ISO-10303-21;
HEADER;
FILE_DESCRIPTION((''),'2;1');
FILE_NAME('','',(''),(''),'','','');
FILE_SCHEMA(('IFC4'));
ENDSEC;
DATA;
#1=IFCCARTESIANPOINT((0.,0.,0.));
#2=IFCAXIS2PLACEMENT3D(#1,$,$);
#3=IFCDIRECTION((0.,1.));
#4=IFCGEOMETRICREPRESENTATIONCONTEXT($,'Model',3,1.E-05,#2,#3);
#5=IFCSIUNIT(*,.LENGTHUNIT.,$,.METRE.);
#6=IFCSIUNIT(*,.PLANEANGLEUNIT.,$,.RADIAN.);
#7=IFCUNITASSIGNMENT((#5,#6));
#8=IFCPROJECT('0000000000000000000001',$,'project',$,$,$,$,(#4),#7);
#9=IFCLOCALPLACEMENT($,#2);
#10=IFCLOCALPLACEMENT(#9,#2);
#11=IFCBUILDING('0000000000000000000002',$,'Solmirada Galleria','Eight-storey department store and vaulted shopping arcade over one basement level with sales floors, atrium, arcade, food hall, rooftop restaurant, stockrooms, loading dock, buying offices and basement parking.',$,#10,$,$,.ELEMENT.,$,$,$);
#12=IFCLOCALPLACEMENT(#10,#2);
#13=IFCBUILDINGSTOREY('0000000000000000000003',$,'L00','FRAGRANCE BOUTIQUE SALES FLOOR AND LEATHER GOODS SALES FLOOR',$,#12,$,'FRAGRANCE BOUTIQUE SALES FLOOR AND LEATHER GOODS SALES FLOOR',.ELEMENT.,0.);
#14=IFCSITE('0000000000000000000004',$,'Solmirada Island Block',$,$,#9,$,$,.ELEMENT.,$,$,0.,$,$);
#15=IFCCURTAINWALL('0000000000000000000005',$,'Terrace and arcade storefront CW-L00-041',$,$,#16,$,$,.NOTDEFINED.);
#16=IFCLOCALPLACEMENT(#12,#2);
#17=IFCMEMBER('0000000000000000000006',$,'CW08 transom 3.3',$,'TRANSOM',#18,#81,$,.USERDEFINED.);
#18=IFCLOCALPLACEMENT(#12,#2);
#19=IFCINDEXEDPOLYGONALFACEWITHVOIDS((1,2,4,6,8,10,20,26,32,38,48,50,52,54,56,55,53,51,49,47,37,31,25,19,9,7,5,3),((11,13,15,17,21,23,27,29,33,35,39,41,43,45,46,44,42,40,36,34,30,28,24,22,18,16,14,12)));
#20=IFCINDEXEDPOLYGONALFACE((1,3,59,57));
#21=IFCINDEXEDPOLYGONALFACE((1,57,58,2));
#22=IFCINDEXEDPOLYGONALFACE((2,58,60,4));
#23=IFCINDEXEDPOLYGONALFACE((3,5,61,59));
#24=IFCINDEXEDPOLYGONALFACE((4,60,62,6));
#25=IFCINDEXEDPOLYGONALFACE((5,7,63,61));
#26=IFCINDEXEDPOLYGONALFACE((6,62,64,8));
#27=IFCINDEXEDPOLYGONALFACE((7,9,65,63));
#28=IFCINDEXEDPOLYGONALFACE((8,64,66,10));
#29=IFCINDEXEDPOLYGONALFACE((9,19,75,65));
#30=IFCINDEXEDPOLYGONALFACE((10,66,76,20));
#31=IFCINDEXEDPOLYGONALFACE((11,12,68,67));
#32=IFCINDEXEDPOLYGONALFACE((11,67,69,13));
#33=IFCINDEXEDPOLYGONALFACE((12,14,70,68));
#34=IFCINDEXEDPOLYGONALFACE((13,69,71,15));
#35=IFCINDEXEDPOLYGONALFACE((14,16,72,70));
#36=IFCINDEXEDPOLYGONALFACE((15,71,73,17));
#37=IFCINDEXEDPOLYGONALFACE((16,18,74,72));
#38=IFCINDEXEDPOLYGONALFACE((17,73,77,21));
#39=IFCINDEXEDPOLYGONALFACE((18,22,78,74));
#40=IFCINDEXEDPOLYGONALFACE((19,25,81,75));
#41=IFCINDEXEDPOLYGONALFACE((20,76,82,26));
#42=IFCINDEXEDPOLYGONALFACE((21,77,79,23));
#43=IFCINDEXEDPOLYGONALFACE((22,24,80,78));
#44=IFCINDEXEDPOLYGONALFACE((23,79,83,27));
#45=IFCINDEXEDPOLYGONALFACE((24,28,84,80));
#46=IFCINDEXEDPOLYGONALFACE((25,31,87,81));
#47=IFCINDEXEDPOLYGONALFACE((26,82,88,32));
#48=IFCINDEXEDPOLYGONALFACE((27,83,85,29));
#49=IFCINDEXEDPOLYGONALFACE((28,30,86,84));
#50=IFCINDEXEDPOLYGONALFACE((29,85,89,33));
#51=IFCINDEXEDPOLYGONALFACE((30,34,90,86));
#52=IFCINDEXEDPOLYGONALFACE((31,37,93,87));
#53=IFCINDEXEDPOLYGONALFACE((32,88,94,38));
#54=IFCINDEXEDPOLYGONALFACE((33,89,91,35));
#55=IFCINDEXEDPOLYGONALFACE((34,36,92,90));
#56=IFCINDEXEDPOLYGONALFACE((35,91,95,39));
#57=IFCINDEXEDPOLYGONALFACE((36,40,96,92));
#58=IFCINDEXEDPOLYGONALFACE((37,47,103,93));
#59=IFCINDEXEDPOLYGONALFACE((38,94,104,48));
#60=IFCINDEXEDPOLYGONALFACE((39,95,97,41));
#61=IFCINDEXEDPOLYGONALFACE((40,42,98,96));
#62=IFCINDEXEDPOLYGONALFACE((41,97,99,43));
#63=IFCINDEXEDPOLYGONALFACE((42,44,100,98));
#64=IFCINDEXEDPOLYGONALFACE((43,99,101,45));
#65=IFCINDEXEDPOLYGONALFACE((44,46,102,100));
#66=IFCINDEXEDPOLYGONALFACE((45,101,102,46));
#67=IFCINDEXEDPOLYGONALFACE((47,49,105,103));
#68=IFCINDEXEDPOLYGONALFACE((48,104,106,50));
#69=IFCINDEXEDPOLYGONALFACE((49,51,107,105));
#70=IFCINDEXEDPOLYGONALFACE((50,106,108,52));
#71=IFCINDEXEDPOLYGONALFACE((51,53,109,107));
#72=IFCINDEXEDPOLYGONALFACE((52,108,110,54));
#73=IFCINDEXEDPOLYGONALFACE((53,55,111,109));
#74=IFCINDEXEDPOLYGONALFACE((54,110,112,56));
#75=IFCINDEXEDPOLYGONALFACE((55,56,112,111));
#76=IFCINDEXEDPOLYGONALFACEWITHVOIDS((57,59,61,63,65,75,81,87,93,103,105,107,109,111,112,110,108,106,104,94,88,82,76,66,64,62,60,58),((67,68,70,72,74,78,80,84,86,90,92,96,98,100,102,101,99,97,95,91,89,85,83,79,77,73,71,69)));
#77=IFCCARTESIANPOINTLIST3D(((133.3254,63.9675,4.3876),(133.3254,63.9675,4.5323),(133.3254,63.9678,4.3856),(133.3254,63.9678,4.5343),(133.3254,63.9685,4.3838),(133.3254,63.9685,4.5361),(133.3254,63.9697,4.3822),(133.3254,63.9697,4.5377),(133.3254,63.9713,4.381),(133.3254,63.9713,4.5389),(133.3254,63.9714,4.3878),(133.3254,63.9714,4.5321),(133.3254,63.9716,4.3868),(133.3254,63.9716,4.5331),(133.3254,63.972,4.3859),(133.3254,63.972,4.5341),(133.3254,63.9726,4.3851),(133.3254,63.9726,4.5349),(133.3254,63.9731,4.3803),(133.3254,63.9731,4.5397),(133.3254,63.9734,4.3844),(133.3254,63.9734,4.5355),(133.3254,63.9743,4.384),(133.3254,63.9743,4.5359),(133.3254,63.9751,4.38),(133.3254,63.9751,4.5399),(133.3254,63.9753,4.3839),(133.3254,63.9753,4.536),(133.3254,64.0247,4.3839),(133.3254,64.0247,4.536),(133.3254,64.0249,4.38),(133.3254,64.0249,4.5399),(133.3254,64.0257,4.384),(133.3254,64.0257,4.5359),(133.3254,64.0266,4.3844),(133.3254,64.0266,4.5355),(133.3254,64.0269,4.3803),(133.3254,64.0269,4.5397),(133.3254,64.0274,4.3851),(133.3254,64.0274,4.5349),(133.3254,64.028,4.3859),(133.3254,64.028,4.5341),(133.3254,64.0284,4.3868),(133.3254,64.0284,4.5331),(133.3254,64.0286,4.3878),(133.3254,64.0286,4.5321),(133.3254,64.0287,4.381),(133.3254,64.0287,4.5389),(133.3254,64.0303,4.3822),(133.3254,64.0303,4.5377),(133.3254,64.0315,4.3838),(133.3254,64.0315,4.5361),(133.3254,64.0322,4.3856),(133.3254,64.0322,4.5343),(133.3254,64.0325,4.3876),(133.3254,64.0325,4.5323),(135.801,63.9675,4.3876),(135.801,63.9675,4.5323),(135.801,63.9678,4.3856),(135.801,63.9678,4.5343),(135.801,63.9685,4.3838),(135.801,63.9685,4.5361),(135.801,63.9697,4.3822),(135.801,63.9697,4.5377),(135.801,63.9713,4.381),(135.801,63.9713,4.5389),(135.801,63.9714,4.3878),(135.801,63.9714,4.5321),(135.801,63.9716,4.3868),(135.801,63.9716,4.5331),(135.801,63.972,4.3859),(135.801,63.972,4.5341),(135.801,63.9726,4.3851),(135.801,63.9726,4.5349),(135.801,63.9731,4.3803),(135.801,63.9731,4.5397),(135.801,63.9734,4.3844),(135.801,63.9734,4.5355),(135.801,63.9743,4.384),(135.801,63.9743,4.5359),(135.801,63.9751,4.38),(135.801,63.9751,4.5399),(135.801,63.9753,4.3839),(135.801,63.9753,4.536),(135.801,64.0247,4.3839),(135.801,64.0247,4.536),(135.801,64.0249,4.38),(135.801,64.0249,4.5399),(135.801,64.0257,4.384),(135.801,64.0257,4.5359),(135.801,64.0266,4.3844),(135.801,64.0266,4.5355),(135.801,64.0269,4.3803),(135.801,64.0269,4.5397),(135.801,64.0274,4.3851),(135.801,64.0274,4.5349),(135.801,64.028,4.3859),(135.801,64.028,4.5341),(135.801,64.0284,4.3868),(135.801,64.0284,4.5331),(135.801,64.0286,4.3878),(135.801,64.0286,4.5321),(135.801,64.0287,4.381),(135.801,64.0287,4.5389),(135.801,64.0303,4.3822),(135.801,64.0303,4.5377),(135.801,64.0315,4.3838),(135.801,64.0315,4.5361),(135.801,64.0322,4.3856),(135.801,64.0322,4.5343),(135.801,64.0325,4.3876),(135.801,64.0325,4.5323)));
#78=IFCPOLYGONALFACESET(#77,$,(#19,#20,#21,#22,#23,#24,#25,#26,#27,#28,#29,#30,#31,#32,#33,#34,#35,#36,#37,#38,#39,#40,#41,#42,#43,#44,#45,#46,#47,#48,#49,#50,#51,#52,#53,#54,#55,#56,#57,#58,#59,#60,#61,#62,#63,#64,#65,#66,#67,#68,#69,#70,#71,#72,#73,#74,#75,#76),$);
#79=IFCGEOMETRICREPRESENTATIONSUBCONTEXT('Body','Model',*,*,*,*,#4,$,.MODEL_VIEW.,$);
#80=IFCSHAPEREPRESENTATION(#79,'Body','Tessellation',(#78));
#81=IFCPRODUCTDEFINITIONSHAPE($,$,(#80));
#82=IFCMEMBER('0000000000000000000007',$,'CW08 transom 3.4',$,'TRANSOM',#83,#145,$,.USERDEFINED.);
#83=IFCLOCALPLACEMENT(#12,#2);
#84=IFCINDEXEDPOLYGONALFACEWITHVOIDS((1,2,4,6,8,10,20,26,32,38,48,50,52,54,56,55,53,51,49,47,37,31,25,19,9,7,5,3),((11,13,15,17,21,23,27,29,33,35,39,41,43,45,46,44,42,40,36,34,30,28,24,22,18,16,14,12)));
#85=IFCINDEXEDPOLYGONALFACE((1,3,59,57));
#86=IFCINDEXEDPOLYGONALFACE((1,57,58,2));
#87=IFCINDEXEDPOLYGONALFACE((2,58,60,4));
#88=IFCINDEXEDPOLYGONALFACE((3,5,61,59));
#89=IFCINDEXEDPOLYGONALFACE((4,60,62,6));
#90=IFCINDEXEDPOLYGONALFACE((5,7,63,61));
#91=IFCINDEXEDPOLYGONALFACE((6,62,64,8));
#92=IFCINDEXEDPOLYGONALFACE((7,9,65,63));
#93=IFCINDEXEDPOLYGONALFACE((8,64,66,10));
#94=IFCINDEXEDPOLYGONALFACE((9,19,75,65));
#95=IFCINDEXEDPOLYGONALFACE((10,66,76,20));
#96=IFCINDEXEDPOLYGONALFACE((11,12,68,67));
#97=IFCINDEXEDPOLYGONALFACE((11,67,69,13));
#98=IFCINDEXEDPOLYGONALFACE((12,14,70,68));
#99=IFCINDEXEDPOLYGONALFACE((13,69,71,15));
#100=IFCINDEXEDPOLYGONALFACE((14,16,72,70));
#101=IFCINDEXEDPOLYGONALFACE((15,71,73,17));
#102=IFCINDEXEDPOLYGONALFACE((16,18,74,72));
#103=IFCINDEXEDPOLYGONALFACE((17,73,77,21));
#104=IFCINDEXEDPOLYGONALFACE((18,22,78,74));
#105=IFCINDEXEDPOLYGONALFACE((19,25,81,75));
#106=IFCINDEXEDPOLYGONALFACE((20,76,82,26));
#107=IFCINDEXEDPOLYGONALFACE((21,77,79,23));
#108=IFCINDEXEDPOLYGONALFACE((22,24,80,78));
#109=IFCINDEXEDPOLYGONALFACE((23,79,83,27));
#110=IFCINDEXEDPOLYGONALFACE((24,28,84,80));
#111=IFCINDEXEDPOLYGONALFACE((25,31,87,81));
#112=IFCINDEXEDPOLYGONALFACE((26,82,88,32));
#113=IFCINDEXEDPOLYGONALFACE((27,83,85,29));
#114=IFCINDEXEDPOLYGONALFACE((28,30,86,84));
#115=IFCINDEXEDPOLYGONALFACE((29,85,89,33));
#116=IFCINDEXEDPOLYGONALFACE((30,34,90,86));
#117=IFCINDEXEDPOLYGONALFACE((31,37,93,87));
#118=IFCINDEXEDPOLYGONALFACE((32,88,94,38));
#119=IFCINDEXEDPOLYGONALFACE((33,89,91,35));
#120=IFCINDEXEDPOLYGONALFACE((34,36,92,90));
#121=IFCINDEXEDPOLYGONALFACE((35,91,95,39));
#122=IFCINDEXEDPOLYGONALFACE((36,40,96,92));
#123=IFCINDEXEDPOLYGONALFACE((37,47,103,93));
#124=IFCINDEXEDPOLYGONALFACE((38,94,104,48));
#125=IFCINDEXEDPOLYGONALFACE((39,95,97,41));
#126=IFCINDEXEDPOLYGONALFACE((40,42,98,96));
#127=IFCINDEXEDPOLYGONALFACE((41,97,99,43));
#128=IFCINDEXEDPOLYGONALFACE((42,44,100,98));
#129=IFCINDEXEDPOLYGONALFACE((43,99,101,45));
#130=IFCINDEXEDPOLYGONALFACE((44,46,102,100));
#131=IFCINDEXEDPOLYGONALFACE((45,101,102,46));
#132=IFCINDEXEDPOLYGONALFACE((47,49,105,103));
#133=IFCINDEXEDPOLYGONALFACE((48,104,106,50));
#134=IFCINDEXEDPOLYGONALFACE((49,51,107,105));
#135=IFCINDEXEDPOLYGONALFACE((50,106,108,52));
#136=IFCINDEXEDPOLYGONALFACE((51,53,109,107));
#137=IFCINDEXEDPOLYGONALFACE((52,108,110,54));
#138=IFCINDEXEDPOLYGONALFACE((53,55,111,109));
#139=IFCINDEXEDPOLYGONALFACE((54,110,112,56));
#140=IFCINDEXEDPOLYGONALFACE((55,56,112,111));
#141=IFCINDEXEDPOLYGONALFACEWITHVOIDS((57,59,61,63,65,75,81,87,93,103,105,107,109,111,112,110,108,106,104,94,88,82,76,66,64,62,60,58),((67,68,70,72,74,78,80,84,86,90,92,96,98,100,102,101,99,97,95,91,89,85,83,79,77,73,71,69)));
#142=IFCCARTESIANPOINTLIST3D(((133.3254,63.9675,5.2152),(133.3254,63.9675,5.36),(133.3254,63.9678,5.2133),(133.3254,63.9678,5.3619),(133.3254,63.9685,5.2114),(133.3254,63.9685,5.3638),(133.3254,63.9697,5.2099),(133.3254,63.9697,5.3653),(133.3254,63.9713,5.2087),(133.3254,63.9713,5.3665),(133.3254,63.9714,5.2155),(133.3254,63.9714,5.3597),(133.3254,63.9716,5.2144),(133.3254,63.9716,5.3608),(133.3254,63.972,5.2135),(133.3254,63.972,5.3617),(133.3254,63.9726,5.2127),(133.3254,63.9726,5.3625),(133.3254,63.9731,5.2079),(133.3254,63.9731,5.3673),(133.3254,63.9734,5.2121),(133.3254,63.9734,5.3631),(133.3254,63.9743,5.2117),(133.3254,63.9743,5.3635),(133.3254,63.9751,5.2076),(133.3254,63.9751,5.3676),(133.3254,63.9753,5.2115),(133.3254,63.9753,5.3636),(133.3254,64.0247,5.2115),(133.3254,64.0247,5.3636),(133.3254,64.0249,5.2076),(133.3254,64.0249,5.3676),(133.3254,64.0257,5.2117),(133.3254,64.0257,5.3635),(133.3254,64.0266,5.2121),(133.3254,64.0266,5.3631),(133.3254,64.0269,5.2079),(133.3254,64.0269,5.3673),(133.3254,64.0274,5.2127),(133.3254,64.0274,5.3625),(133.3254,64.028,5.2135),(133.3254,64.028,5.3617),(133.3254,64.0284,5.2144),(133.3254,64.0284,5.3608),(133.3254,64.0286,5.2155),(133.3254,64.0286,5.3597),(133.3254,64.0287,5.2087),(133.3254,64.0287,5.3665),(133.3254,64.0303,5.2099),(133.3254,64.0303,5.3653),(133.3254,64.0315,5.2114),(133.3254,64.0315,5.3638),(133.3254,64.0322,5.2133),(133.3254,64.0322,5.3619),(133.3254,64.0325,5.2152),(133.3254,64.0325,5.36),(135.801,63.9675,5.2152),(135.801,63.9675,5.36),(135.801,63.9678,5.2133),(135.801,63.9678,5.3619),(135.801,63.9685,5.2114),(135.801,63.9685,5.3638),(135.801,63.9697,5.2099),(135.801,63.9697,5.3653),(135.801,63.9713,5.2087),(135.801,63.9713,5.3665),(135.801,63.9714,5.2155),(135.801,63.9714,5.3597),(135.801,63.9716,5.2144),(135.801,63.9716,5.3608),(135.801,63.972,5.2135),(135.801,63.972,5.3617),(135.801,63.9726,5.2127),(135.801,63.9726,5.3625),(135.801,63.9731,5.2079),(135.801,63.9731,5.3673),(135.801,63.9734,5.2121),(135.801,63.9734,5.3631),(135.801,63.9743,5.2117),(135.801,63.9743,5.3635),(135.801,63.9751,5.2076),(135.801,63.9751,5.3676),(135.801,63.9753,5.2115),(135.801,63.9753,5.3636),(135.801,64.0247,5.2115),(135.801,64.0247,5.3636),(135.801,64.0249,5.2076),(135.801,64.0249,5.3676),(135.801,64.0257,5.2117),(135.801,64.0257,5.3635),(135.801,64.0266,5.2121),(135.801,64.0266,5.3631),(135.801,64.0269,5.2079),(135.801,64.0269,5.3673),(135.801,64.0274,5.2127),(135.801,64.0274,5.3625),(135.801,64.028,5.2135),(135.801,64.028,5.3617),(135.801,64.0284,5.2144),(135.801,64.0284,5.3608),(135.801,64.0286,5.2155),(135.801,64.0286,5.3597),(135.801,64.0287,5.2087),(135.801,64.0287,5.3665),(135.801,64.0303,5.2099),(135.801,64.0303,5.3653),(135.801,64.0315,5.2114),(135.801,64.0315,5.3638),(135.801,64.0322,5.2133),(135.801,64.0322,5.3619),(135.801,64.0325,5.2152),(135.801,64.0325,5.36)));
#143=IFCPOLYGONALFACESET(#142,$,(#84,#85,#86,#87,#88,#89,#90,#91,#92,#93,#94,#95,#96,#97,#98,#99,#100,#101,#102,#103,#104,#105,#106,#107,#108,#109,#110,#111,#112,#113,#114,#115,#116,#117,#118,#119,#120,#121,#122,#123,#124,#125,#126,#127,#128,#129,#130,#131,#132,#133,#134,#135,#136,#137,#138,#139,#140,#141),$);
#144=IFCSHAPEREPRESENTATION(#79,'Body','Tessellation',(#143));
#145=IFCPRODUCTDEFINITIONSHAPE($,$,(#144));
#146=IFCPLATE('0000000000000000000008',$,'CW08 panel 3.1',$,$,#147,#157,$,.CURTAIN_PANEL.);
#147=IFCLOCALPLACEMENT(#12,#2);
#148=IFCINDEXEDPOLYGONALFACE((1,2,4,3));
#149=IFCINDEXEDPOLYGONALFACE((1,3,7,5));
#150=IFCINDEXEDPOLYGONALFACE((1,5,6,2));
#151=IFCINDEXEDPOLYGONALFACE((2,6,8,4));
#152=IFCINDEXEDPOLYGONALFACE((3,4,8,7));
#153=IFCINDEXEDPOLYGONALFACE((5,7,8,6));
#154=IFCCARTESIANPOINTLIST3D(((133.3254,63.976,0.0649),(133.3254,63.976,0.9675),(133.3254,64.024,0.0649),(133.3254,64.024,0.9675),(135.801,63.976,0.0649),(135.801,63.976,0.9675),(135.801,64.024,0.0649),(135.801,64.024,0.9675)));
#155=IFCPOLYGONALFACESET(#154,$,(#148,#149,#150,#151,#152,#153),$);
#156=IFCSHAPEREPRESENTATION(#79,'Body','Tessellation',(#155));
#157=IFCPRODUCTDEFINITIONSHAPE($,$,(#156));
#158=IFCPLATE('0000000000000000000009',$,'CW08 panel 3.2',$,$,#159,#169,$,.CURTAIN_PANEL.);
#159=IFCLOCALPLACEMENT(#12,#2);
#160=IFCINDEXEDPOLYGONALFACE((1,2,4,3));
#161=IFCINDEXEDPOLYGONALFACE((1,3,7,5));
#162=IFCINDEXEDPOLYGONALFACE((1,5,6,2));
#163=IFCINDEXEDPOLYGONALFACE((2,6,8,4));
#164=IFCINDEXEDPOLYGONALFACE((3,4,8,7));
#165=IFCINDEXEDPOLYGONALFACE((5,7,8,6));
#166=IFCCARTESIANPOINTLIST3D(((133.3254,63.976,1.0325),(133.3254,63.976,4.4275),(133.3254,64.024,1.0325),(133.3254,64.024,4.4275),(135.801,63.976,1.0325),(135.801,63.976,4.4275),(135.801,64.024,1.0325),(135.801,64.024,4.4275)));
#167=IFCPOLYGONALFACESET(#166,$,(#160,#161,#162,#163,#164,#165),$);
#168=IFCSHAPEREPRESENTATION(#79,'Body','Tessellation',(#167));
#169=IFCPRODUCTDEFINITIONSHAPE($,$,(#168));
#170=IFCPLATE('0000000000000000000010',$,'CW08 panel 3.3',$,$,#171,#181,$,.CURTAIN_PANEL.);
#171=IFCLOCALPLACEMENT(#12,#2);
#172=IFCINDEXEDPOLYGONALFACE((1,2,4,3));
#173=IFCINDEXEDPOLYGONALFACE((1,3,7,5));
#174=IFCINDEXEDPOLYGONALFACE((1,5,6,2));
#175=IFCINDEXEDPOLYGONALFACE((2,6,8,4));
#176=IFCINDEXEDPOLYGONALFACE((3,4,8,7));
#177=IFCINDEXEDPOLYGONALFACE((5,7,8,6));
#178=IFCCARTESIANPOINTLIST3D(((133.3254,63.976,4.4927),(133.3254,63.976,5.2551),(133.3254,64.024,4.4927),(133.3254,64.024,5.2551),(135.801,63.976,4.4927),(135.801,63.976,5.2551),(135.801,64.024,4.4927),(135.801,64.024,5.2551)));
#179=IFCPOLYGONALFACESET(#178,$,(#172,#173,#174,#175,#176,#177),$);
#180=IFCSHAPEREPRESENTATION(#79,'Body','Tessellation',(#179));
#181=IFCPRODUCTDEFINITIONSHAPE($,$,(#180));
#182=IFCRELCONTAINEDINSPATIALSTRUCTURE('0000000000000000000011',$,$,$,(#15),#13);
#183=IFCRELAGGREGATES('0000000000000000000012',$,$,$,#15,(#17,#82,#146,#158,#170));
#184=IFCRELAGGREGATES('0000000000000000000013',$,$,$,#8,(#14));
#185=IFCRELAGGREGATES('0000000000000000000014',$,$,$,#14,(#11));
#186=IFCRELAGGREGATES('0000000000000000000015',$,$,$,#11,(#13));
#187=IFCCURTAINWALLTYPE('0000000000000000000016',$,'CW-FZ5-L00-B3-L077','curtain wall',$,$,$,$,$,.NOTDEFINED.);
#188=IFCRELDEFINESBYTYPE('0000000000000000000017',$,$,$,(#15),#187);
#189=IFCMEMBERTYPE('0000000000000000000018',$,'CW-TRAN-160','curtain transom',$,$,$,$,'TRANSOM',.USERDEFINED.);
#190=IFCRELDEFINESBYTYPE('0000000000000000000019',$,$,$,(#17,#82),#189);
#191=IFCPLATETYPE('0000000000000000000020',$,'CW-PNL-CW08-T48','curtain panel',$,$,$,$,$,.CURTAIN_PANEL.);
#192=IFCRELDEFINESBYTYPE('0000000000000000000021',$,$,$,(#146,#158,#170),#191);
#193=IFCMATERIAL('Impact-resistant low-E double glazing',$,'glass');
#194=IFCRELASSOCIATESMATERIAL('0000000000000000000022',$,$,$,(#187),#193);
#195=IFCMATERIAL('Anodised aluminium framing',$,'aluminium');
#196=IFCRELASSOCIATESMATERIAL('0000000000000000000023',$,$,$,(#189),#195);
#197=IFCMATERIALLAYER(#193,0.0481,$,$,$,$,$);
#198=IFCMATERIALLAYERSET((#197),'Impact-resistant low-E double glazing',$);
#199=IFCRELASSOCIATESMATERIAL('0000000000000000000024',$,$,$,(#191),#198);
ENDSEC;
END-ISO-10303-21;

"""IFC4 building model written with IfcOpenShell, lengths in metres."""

from ifc_helpers import new_model, si_unit, direction, frame, origin, origin_2d, place, context, subcontext, project, spatial, rectangle, hollow_rectangle, extrude, material, layer, layer_set, material_profile, profile_set, type_object, element, aggregate, save


model = new_model("IFC4")

# Units and contexts
model_context = context("Model", 3, precision=1e-05, world=origin(), true_north=direction((0.0, 1.0)))
body_context = subcontext(model_context, "Body", "Model", "MODEL_VIEW")
ifc_project = project(units=[si_unit("LENGTHUNIT", "METRE"), si_unit("PLANEANGLEUNIT", "RADIAN")], contexts=[model_context])

# Site, building, storey
site_placement = place(None, origin())
site = spatial("IfcSite", under=ifc_project, at=site_placement, Name="Solmirada Island Block", CompositionType="ELEMENT", RefElevation=0.0)
building_placement = place(site_placement, origin())
building = spatial("IfcBuilding", under=site, at=building_placement, Name="Solmirada Galleria", Description="Eight-storey department store and vaulted shopping arcade over one basement level with sales floors, atrium, arcade, food hall, rooftop restaurant, stockrooms, loading dock, buying offices and basement parking.", CompositionType="ELEMENT")
storey_placement = place(building_placement, origin())
storey = spatial("IfcBuildingStorey", under=building, at=storey_placement, Name="L00", Description="FRAGRANCE BOUTIQUE SALES FLOOR AND LEATHER GOODS SALES FLOOR", LongName="FRAGRANCE BOUTIQUE SALES FLOOR AND LEATHER GOODS SALES FLOOR", CompositionType="ELEMENT", Elevation=0.0)

# Curtain wall, members, plates
ifc_material_1 = material(Name="Impact-resistant low-E double glazing", Category="glass")
curtain_wall_type = type_object("IfcCurtainWallType", Name="CW-FZ5-L00-B3-L077", Description="curtain wall", PredefinedType="NOTDEFINED", material=ifc_material_1)
curtain_wall_placement = place(storey_placement, origin())
curtain_wall = element("IfcCurtainWall", 1, at=curtain_wall_placement, inside=storey, type_object=curtain_wall_type, Name="Terrace and arcade storefront CW-L00-041", PredefinedType="NOTDEFINED")
ifc_material_2 = material(Name="Anodised aluminium framing", Category="aluminium")
ifc_material_profile_1 = material_profile(ifc_material_2, hollow_rectangle(XDim=0.0649, YDim=0.1599, WallThickness=0.0039, InnerFilletRadius=0.0039, OuterFilletRadius=0.0076, at=origin_2d()), Name="ALU-TRAN-160X65")
ifc_profile_set_1 = profile_set([ifc_material_profile_1], Name="Anodised aluminium framing")
member_type_1 = type_object("IfcMemberType", Name="CW-TRAN-160", Description="curtain transom", ElementType="TRANSOM", PredefinedType="USERDEFINED", material=ifc_profile_set_1)
member_1_placement = place(storey_placement, frame((133.3254, 64.0, 4.46), z_axis=(1.0, 0.0, 0.0), x_axis=(0.0, 1.0, 0.0)))
member_1 = element("IfcMember", 2, at=member_1_placement, type_object=member_type_1, Name="CW08 transom 3.3", ObjectType="TRANSOM", PredefinedType="USERDEFINED", context=body_context, shape_type="SweptSolid", body=[
    extrude(hollow_rectangle(XDim=0.0649, YDim=0.1599, WallThickness=0.0039, InnerFilletRadius=0.0039, OuterFilletRadius=0.0076, at=origin_2d()), origin(), (0.0, 0.0, 1.0), 2.4756),
])
member_2_placement = place(storey_placement, frame((133.3254, 64.0, 5.2876), z_axis=(1.0, 0.0, 0.0), x_axis=(0.0, 1.0, 0.0)))
member_2 = element("IfcMember", 3, at=member_2_placement, type_object=member_type_1, Name="CW08 transom 3.4", ObjectType="TRANSOM", PredefinedType="USERDEFINED", context=body_context, shape_type="SweptSolid", body=[
    extrude(hollow_rectangle(XDim=0.0649, YDim=0.1599, WallThickness=0.0039, InnerFilletRadius=0.0039, OuterFilletRadius=0.0076, at=origin_2d()), origin(), (0.0, 0.0, 1.0), 2.4756),
])
ifc_layer_1 = layer(ifc_material_1, 0.0481)
ifc_layer_set_1 = layer_set([ifc_layer_1], Name="Impact-resistant low-E double glazing")
plate_type = type_object("IfcPlateType", Name="CW-PNL-CW08-T48", Description="curtain panel", PredefinedType="CURTAIN_PANEL", material=ifc_layer_set_1)
plate_1_placement = place(storey_placement, frame((134.5632, 64.0, 0.0649), z_axis=(0.0, 0.0, 1.0), x_axis=(1.0, 0.0, 0.0)))
plate_1 = element("IfcPlate", 4, at=plate_1_placement, type_object=plate_type, Name="CW08 panel 3.1", PredefinedType="CURTAIN_PANEL", context=body_context, shape_type="SweptSolid", body=[
    extrude(rectangle(XDim=2.4756, YDim=0.0481, at=origin_2d()), origin(), (0.0, 0.0, 1.0), 0.9026),
])
plate_2_placement = place(storey_placement, frame((134.5632, 64.0, 1.0325), z_axis=(0.0, 0.0, 1.0), x_axis=(1.0, 0.0, 0.0)))
plate_2 = element("IfcPlate", 5, at=plate_2_placement, type_object=plate_type, Name="CW08 panel 3.2", PredefinedType="CURTAIN_PANEL", context=body_context, shape_type="SweptSolid", body=[
    extrude(rectangle(XDim=2.4756, YDim=0.0481, at=origin_2d()), origin(), (0.0, 0.0, 1.0), 3.395),
])
plate_3_placement = place(storey_placement, frame((134.5632, 64.0, 4.4927), z_axis=(0.0, 0.0, 1.0), x_axis=(1.0, 0.0, 0.0)))
plate_3 = element("IfcPlate", 6, at=plate_3_placement, type_object=plate_type, Name="CW08 panel 3.3", PredefinedType="CURTAIN_PANEL", context=body_context, shape_type="SweptSolid", body=[
    extrude(rectangle(XDim=2.4756, YDim=0.0481, at=origin_2d()), origin(), (0.0, 0.0, 1.0), 0.7625),
])
aggregate(curtain_wall, [member_1, member_2, plate_1, plate_2, plate_3])

save(model, "model.ifc")
